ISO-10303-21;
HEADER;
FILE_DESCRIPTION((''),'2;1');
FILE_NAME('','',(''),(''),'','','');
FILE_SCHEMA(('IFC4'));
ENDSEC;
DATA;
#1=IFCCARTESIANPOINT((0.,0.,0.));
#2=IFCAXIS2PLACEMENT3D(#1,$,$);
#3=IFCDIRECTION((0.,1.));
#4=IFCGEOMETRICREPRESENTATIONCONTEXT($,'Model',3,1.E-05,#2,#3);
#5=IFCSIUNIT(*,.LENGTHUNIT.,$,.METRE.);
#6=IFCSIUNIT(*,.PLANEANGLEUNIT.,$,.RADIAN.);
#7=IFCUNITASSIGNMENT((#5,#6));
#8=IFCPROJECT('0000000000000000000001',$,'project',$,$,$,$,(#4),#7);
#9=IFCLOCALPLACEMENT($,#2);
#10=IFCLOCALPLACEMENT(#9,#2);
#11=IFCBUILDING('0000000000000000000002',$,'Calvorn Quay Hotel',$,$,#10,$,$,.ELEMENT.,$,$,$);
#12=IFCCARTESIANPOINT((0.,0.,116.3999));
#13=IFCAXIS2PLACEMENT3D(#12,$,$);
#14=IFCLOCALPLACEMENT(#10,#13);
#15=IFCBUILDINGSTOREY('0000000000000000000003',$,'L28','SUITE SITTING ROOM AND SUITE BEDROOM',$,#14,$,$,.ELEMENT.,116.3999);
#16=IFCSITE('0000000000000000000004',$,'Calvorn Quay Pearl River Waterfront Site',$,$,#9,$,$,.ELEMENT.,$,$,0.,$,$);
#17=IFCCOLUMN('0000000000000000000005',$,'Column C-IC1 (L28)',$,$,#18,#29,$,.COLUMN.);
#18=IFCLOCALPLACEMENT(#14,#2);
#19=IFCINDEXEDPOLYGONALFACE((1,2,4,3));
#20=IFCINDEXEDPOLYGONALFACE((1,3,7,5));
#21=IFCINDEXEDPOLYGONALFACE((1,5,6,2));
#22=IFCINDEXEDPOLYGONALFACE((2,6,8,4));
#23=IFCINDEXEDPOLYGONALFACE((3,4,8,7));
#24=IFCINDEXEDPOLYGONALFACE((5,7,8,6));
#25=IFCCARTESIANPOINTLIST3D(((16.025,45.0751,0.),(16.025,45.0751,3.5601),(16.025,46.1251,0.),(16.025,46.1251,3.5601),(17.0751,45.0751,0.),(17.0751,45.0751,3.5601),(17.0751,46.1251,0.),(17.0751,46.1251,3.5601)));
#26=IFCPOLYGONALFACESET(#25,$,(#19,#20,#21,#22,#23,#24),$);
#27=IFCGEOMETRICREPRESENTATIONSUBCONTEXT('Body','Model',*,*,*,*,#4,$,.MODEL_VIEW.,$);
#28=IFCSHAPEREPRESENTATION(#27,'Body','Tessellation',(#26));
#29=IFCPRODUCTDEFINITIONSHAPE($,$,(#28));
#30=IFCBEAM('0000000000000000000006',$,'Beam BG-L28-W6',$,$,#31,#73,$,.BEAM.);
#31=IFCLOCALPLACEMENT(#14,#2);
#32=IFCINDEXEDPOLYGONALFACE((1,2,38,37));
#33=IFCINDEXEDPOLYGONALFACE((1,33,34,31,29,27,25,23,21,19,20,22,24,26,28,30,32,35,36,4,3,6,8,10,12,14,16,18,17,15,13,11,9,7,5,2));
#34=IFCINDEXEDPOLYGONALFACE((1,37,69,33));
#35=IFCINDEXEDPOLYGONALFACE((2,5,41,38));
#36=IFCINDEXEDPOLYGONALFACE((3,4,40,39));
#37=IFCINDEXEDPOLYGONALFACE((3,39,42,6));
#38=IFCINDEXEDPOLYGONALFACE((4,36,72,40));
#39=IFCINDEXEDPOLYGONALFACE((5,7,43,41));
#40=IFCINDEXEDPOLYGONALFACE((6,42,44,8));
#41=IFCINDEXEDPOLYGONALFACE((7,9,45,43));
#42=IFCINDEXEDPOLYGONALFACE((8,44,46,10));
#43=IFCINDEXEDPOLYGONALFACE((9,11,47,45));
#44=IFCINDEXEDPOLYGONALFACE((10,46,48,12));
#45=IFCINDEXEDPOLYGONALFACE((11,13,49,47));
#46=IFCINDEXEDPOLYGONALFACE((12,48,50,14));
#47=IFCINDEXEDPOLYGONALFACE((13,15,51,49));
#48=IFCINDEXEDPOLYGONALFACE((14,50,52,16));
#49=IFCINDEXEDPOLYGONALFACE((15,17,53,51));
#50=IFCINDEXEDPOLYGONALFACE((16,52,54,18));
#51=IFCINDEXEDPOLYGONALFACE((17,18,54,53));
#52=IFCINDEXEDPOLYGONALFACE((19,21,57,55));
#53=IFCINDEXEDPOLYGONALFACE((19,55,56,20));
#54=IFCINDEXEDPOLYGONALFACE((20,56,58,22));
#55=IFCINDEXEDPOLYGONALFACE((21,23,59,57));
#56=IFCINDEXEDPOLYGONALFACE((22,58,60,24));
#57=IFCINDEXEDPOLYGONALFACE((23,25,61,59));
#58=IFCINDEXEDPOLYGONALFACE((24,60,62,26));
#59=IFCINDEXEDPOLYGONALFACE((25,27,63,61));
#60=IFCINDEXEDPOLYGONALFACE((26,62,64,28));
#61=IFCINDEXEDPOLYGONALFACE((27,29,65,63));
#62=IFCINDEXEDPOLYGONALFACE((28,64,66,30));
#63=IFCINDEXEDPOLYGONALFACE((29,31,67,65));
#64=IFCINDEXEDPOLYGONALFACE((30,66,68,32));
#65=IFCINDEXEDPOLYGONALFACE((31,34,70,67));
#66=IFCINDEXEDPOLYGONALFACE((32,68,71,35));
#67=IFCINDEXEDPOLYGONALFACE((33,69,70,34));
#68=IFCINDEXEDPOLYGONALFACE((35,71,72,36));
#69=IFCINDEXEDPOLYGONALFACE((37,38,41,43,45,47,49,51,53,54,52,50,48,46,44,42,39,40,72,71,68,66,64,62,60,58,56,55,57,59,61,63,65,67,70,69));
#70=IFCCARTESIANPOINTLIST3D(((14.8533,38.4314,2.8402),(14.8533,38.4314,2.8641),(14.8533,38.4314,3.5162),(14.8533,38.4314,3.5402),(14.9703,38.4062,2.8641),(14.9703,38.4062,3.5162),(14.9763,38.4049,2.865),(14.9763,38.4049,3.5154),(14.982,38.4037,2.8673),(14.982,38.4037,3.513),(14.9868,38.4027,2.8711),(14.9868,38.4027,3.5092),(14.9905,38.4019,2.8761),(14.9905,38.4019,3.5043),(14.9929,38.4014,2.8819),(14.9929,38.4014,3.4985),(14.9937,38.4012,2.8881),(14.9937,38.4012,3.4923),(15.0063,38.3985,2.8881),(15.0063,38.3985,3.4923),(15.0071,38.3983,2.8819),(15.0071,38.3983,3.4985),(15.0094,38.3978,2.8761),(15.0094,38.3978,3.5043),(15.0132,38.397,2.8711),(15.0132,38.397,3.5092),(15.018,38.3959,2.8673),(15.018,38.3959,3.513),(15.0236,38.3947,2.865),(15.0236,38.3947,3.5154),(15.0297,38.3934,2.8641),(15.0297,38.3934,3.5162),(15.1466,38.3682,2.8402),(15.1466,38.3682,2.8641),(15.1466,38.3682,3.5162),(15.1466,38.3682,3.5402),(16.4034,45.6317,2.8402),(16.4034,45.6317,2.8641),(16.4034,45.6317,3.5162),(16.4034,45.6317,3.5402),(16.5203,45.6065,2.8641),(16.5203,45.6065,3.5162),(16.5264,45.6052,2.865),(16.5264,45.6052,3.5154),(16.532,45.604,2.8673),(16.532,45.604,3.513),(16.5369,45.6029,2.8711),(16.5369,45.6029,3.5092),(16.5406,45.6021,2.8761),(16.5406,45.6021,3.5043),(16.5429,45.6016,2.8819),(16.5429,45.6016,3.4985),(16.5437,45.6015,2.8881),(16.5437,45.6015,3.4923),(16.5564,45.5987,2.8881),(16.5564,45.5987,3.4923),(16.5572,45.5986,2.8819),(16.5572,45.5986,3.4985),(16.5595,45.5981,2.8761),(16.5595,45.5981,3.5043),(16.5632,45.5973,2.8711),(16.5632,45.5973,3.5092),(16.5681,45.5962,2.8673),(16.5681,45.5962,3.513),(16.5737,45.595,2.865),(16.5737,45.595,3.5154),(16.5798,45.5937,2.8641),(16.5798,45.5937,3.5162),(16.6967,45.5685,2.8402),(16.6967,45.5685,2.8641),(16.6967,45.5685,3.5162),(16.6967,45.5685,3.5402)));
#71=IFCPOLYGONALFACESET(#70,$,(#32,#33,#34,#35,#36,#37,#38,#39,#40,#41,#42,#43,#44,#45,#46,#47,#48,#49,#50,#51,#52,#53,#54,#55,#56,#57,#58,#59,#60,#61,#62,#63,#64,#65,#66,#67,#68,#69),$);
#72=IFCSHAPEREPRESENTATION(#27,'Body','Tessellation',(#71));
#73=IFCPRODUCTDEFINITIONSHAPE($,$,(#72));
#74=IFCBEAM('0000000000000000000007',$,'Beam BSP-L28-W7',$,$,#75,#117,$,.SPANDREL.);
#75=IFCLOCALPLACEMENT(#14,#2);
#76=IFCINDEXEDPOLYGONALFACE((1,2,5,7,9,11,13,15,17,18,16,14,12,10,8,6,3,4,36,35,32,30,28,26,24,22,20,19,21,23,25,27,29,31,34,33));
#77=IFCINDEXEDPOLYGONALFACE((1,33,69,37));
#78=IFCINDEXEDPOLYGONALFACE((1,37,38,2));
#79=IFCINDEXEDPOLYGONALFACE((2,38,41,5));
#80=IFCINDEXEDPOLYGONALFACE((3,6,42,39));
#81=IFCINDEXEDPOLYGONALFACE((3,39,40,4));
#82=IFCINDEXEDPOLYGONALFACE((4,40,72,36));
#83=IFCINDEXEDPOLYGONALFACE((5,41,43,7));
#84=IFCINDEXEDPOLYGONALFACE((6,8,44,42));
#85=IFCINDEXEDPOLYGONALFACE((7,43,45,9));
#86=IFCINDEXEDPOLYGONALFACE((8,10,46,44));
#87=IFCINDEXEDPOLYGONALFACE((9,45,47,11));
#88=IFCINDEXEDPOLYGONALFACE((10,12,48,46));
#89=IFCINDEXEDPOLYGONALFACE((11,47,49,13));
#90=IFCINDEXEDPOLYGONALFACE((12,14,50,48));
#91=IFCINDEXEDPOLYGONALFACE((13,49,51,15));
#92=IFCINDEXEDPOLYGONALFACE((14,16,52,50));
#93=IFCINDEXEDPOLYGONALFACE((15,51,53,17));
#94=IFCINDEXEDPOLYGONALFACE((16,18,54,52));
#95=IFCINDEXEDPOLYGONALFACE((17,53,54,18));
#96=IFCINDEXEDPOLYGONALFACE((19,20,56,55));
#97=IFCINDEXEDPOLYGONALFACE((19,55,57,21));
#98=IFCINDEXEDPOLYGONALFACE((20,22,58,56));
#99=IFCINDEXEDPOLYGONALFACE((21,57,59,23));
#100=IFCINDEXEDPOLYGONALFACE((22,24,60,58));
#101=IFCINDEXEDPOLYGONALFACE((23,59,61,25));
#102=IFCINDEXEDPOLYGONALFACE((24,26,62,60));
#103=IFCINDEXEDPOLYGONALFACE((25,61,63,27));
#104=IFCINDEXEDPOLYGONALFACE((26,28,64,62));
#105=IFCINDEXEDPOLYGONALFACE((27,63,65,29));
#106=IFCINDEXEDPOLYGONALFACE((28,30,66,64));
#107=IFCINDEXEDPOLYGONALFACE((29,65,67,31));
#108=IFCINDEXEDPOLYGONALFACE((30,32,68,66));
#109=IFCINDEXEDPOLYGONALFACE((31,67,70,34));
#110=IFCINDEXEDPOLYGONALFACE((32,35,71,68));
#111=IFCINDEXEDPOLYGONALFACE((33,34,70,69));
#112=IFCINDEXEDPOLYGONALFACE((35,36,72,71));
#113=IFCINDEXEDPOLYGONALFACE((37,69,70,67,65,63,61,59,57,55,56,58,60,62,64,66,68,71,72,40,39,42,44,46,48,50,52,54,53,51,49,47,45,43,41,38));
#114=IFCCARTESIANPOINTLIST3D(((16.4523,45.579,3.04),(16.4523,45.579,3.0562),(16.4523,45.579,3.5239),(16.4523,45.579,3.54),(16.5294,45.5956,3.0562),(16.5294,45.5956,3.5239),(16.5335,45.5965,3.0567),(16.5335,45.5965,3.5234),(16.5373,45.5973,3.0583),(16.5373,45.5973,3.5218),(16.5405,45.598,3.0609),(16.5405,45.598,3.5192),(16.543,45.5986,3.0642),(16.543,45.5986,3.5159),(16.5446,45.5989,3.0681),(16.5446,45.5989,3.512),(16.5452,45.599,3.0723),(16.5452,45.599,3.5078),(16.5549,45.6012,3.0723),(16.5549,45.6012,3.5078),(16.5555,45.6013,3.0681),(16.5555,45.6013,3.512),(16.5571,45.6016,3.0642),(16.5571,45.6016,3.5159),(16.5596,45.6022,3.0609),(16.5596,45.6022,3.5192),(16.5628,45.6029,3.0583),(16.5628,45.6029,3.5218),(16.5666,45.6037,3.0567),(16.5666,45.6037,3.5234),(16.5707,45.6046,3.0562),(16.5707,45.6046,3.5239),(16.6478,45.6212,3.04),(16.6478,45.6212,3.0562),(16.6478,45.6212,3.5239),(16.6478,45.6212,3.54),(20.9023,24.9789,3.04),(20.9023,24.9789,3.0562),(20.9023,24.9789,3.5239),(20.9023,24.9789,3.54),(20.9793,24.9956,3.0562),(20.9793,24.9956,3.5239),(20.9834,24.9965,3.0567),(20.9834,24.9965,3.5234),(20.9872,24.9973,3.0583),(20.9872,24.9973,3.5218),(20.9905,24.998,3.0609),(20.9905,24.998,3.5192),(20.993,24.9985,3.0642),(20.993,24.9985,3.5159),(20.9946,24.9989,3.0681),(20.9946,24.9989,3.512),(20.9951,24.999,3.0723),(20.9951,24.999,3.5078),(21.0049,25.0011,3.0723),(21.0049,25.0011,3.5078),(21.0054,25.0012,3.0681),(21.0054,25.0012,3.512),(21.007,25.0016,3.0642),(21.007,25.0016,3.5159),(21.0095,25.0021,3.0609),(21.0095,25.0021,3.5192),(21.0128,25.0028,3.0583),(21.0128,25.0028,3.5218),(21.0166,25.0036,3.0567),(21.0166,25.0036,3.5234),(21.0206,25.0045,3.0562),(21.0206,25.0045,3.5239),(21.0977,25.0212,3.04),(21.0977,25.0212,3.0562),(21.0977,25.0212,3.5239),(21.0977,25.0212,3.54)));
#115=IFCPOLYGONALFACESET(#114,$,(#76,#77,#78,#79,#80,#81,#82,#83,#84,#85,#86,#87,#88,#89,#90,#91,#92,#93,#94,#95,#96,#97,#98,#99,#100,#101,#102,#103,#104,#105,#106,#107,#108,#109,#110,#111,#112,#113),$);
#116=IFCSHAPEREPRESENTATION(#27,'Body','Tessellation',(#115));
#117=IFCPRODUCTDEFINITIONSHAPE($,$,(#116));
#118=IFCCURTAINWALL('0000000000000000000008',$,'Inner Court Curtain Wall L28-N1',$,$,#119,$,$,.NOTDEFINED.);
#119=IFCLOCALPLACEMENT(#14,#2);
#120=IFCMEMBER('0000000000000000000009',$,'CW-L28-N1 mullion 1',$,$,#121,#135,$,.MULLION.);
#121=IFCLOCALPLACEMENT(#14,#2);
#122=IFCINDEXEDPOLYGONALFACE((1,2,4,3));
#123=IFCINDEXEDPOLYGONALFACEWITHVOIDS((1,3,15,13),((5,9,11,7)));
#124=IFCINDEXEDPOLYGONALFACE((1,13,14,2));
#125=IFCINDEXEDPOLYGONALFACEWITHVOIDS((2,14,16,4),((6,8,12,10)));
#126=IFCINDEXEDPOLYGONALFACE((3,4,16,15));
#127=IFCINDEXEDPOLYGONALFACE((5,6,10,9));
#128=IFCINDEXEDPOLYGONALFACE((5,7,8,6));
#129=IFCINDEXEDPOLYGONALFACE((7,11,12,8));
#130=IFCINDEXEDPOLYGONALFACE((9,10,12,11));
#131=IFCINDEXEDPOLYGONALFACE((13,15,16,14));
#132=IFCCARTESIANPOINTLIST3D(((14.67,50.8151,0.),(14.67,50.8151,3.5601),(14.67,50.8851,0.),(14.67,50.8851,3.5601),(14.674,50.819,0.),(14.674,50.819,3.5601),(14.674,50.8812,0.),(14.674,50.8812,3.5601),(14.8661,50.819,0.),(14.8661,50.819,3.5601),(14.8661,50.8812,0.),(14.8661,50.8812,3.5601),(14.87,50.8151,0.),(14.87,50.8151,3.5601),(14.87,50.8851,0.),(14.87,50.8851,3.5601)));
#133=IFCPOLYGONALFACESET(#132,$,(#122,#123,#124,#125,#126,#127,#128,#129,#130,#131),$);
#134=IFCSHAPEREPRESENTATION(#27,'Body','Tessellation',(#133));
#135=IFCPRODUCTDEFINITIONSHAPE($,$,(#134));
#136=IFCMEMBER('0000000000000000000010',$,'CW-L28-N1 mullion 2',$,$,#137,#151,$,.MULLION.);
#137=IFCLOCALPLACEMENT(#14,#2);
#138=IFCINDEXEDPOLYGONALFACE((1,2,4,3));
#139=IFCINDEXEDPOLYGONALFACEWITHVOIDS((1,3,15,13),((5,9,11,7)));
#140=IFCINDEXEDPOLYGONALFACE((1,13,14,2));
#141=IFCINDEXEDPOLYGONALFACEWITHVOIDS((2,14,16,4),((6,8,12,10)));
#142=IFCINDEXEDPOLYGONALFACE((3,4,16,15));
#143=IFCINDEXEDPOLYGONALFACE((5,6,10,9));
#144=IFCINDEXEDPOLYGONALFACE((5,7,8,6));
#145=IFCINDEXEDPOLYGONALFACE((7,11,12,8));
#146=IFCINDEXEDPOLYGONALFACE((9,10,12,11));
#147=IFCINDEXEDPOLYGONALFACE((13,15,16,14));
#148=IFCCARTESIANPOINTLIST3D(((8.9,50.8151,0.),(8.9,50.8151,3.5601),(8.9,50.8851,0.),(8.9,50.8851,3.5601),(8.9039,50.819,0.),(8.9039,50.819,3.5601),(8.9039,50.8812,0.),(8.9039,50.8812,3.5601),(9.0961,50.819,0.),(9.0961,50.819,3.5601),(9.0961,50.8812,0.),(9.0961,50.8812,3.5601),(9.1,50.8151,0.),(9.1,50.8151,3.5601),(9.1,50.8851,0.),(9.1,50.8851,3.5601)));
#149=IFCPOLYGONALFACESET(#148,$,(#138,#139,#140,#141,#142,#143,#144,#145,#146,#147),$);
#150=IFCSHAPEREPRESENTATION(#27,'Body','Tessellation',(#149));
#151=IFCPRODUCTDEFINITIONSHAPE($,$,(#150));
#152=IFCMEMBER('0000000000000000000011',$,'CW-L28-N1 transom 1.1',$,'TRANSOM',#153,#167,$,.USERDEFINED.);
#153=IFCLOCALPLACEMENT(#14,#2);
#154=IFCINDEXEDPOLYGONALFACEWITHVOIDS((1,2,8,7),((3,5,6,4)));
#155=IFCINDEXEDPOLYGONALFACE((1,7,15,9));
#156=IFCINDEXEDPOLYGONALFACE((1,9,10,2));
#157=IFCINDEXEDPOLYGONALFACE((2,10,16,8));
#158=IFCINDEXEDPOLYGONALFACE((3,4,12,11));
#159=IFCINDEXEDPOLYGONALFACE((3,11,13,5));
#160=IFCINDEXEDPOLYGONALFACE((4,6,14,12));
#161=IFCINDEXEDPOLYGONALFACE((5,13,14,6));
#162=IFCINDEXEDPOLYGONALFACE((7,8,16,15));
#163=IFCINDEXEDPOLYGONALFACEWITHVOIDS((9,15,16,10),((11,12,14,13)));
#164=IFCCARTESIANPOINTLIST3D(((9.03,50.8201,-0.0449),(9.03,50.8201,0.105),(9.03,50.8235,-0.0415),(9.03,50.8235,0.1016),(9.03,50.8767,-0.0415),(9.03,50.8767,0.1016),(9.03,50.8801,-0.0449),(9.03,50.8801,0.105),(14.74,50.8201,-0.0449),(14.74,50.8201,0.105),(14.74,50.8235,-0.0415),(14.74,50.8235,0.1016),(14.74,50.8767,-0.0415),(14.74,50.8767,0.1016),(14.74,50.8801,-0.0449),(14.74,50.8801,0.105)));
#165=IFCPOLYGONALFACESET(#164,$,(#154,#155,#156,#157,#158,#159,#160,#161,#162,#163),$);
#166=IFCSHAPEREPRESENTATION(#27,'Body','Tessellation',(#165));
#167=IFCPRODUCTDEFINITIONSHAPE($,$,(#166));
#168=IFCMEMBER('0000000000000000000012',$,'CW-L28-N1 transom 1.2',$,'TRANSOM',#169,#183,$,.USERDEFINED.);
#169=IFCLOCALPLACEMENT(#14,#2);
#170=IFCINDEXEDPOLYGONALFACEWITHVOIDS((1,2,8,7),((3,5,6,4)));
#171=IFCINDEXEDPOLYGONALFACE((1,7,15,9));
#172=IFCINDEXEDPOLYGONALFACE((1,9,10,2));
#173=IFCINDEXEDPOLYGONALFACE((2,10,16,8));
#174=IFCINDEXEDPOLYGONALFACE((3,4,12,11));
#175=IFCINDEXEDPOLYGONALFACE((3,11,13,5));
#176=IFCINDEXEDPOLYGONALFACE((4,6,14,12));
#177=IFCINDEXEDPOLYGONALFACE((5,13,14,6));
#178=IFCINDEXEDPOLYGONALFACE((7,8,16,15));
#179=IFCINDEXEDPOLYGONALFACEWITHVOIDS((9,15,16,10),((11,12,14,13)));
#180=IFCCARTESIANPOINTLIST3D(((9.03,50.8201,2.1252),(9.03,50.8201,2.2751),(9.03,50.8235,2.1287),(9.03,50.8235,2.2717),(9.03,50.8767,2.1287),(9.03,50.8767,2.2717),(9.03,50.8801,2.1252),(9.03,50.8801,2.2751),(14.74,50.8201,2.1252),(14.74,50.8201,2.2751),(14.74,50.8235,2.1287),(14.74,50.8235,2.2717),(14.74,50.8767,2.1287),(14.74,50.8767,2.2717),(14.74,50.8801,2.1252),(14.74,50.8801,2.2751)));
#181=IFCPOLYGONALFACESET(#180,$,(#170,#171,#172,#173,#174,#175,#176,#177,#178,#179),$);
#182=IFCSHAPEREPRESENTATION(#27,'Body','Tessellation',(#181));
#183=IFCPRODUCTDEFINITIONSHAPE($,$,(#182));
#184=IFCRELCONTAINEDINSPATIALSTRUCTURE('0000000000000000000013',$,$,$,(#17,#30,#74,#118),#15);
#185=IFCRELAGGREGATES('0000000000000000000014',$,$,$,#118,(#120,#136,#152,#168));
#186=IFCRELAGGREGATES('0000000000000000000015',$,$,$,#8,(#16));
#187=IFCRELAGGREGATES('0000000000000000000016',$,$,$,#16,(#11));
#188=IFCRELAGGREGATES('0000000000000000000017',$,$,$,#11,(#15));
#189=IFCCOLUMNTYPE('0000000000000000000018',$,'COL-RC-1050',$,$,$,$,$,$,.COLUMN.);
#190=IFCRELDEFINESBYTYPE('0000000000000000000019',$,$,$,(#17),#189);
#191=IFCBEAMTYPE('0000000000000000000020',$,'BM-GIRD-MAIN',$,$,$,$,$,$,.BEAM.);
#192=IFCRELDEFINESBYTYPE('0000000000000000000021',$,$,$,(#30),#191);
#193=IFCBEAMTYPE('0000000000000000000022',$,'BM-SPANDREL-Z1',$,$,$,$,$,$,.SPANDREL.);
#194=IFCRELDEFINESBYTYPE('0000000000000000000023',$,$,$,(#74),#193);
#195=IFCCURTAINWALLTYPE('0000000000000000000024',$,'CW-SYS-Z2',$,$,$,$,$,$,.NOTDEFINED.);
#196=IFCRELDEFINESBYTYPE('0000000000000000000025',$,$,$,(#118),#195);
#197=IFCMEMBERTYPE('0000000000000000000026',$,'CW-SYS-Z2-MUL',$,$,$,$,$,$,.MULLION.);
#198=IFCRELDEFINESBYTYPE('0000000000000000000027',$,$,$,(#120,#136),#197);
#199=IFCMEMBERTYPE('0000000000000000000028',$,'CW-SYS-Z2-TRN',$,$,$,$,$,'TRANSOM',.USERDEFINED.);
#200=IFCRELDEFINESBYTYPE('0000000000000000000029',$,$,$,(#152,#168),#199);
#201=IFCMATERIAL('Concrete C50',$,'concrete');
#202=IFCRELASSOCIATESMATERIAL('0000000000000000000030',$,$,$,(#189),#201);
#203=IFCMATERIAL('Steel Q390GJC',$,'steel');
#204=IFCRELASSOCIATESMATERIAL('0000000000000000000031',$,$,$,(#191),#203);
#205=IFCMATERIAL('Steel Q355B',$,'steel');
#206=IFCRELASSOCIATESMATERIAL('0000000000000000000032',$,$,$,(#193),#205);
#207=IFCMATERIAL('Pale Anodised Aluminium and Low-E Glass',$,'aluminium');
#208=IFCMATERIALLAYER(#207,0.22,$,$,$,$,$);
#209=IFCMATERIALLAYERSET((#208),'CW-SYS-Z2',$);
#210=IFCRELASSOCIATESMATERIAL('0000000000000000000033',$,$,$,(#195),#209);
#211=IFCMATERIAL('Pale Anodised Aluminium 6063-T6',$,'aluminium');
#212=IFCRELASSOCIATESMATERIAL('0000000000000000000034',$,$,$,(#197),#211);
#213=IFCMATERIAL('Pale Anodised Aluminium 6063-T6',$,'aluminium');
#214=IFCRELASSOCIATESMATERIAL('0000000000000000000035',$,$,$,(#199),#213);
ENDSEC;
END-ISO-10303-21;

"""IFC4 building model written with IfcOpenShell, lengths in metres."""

from ifc_helpers import new_model, si_unit, direction, frame, origin, origin_2d, place, context, subcontext, project, spatial, rectangle, hollow_rectangle, i_section, extrude, material, layer, layer_set, material_profile, profile_set, type_object, element, aggregate, save


model = new_model("IFC4")

# Units and contexts
model_context = context("Model", 3, precision=1e-05, world=origin(), true_north=direction((0.0, 1.0)))
body_context = subcontext(model_context, "Body", "Model", "MODEL_VIEW")
ifc_project = project(units=[si_unit("LENGTHUNIT", "METRE"), si_unit("PLANEANGLEUNIT", "RADIAN")], contexts=[model_context])

# Site, building, storey
site_placement = place(None, origin())
site = spatial("IfcSite", under=ifc_project, at=site_placement, Name="Calvorn Quay Pearl River Waterfront Site", CompositionType="ELEMENT", RefElevation=0.0)
building_placement = place(site_placement, origin())
building = spatial("IfcBuilding", under=site, at=building_placement, Name="Calvorn Quay Hotel", CompositionType="ELEMENT")
storey_placement = place(building_placement, frame((0.0, 0.0, 116.3999)))
storey = spatial("IfcBuildingStorey", under=building, at=storey_placement, Name="L28", Description="SUITE SITTING ROOM AND SUITE BEDROOM", CompositionType="ELEMENT", Elevation=116.3999)

# Column
ifc_material_1 = material(Name="Concrete C50", Category="concrete")
ifc_material_profile_1 = material_profile(ifc_material_1, rectangle(XDim=1.05, YDim=1.05, at=origin_2d()), Name="RC1050x1050")
ifc_profile_set_1 = profile_set([ifc_material_profile_1], Name="Concrete C50")
column_type = type_object("IfcColumnType", Name="COL-RC-1050", PredefinedType="COLUMN", material=ifc_profile_set_1)
column_placement = place(storey_placement, frame((16.55, 45.6001, 0.0), z_axis=(0.0, 0.0, 1.0), x_axis=(1.0, 0.0, 0.0)))
element("IfcColumn", 1, at=column_placement, inside=storey, type_object=column_type, Name="Column C-IC1 (L28)", PredefinedType="COLUMN", context=body_context, shape_type="SweptSolid", body=[
    extrude(rectangle(XDim=1.05, YDim=1.05, at=origin_2d()), origin(), (0.0, 0.0, 1.0), 3.5601),
])

# Beams
ifc_material_2 = material(Name="Steel Q390GJC", Category="steel")
ifc_material_profile_2 = material_profile(ifc_material_2, i_section(OverallWidth=0.3, OverallDepth=0.7, WebThickness=0.0129, FlangeThickness=0.0239, FilletRadius=0.0239, at=origin_2d()), Name="HN700x300x13x24")
ifc_profile_set_2 = profile_set([ifc_material_profile_2], Name="Steel Q390GJC")
beam_type_1 = type_object("IfcBeamType", Name="BM-GIRD-MAIN", PredefinedType="BEAM", material=ifc_profile_set_2)
beam_1_placement = place(storey_placement, frame((16.55, 45.6001, 3.1902), z_axis=(-0.210457, -0.977603, 0.0), x_axis=(0.977603, -0.210457, 0.0)))
element("IfcBeam", 2, at=beam_1_placement, inside=storey, type_object=beam_type_1, Name="Beam BG-L28-W6", PredefinedType="BEAM", context=body_context, shape_type="SweptSolid", body=[
    extrude(i_section(OverallWidth=0.3, OverallDepth=0.7, WebThickness=0.0129, FlangeThickness=0.0239, FilletRadius=0.0239, at=origin_2d()), origin(), (0.0, 0.0, 1.0), 7.3652),
])
ifc_material_3 = material(Name="Steel Q355B", Category="steel")
ifc_material_profile_3 = material_profile(ifc_material_3, i_section(OverallWidth=0.2, OverallDepth=0.5, WebThickness=0.01, FlangeThickness=0.0161, FilletRadius=0.0161, at=origin_2d()), Name="HN500x200x10x16")
ifc_profile_set_3 = profile_set([ifc_material_profile_3], Name="Steel Q355B")
beam_type_2 = type_object("IfcBeamType", Name="BM-SPANDREL-Z1", PredefinedType="SPANDREL", material=ifc_profile_set_3)
beam_2_placement = place(storey_placement, frame((16.55, 45.6001, 3.29), z_axis=(0.211146, -0.977455, 0.0), x_axis=(0.977455, 0.211146, 0.0)))
element("IfcBeam", 3, at=beam_2_placement, inside=storey, type_object=beam_type_2, Name="Beam BSP-L28-W7", PredefinedType="SPANDREL", context=body_context, shape_type="SweptSolid", body=[
    extrude(i_section(OverallWidth=0.2, OverallDepth=0.5, WebThickness=0.01, FlangeThickness=0.0161, FilletRadius=0.0161, at=origin_2d()), origin(), (0.0, 0.0, 1.0), 21.0752),
])

# Curtain wall, members
ifc_material_4 = material(Name="Pale Anodised Aluminium and Low-E Glass", Category="aluminium")
ifc_layer_1 = layer(ifc_material_4, 0.22)
ifc_layer_set_1 = layer_set([ifc_layer_1], Name="CW-SYS-Z2")
curtain_wall_type = type_object("IfcCurtainWallType", Name="CW-SYS-Z2", PredefinedType="NOTDEFINED", material=ifc_layer_set_1)
curtain_wall_placement = place(storey_placement, origin())
curtain_wall = element("IfcCurtainWall", 4, at=curtain_wall_placement, inside=storey, type_object=curtain_wall_type, Name="Inner Court Curtain Wall L28-N1", PredefinedType="NOTDEFINED")
ifc_material_5 = material(Name="Pale Anodised Aluminium 6063-T6", Category="aluminium")
ifc_material_profile_4 = material_profile(ifc_material_5, hollow_rectangle(XDim=0.0701, YDim=0.2, WallThickness=0.0039, at=origin_2d()), Name="ALU-M200x70x4")
ifc_profile_set_4 = profile_set([ifc_material_profile_4], Name="Pale Anodised Aluminium 6063-T6")
member_type_1 = type_object("IfcMemberType", Name="CW-SYS-Z2-MUL", PredefinedType="MULLION", material=ifc_profile_set_4)
member_1_placement = place(storey_placement, frame((14.77, 50.8501, 0.0), z_axis=(0.0, 0.0, 1.0), x_axis=(0.0, -1.0, 0.0)))
member_1 = element("IfcMember", 5, at=member_1_placement, type_object=member_type_1, Name="CW-L28-N1 mullion 1", PredefinedType="MULLION", context=body_context, shape_type="SweptSolid", body=[
    extrude(hollow_rectangle(XDim=0.0701, YDim=0.2, WallThickness=0.0039, at=origin_2d()), origin(), (0.0, 0.0, 1.0), 3.5601),
])
member_2_placement = place(storey_placement, frame((9.0, 50.8501, 0.0), z_axis=(0.0, 0.0, 1.0), x_axis=(0.0, -1.0, 0.0)))
member_2 = element("IfcMember", 6, at=member_2_placement, type_object=member_type_1, Name="CW-L28-N1 mullion 2", PredefinedType="MULLION", context=body_context, shape_type="SweptSolid", body=[
    extrude(hollow_rectangle(XDim=0.0701, YDim=0.2, WallThickness=0.0039, at=origin_2d()), origin(), (0.0, 0.0, 1.0), 3.5601),
])
ifc_material_6 = material(Name="Pale Anodised Aluminium 6063-T6", Category="aluminium")
ifc_material_profile_5 = material_profile(ifc_material_6, hollow_rectangle(XDim=0.0601, YDim=0.1499, WallThickness=0.0034, at=origin_2d()), Name="ALU-T150x60x3.5")
ifc_profile_set_5 = profile_set([ifc_material_profile_5], Name="Pale Anodised Aluminium 6063-T6")
member_type_2 = type_object("IfcMemberType", Name="CW-SYS-Z2-TRN", ElementType="TRANSOM", PredefinedType="USERDEFINED", material=ifc_profile_set_5)
member_3_placement = place(storey_placement, frame((14.74, 50.8501, 0.03), z_axis=(-1.0, 0.0, 0.0), x_axis=(0.0, -1.0, 0.0)))
member_3 = element("IfcMember", 7, at=member_3_placement, type_object=member_type_2, Name="CW-L28-N1 transom 1.1", ObjectType="TRANSOM", PredefinedType="USERDEFINED", context=body_context, shape_type="SweptSolid", body=[
    extrude(hollow_rectangle(XDim=0.0601, YDim=0.1499, WallThickness=0.0034, at=origin_2d()), origin(), (0.0, 0.0, 1.0), 5.71),
])
member_4_placement = place(storey_placement, frame((14.74, 50.8501, 2.2002), z_axis=(-1.0, 0.0, 0.0), x_axis=(0.0, -1.0, 0.0)))
member_4 = element("IfcMember", 8, at=member_4_placement, type_object=member_type_2, Name="CW-L28-N1 transom 1.2", ObjectType="TRANSOM", PredefinedType="USERDEFINED", context=body_context, shape_type="SweptSolid", body=[
    extrude(hollow_rectangle(XDim=0.0601, YDim=0.1499, WallThickness=0.0034, at=origin_2d()), origin(), (0.0, 0.0, 1.0), 5.71),
])
aggregate(curtain_wall, [member_1, member_2, member_3, member_4])

save(model, "model.ifc")
